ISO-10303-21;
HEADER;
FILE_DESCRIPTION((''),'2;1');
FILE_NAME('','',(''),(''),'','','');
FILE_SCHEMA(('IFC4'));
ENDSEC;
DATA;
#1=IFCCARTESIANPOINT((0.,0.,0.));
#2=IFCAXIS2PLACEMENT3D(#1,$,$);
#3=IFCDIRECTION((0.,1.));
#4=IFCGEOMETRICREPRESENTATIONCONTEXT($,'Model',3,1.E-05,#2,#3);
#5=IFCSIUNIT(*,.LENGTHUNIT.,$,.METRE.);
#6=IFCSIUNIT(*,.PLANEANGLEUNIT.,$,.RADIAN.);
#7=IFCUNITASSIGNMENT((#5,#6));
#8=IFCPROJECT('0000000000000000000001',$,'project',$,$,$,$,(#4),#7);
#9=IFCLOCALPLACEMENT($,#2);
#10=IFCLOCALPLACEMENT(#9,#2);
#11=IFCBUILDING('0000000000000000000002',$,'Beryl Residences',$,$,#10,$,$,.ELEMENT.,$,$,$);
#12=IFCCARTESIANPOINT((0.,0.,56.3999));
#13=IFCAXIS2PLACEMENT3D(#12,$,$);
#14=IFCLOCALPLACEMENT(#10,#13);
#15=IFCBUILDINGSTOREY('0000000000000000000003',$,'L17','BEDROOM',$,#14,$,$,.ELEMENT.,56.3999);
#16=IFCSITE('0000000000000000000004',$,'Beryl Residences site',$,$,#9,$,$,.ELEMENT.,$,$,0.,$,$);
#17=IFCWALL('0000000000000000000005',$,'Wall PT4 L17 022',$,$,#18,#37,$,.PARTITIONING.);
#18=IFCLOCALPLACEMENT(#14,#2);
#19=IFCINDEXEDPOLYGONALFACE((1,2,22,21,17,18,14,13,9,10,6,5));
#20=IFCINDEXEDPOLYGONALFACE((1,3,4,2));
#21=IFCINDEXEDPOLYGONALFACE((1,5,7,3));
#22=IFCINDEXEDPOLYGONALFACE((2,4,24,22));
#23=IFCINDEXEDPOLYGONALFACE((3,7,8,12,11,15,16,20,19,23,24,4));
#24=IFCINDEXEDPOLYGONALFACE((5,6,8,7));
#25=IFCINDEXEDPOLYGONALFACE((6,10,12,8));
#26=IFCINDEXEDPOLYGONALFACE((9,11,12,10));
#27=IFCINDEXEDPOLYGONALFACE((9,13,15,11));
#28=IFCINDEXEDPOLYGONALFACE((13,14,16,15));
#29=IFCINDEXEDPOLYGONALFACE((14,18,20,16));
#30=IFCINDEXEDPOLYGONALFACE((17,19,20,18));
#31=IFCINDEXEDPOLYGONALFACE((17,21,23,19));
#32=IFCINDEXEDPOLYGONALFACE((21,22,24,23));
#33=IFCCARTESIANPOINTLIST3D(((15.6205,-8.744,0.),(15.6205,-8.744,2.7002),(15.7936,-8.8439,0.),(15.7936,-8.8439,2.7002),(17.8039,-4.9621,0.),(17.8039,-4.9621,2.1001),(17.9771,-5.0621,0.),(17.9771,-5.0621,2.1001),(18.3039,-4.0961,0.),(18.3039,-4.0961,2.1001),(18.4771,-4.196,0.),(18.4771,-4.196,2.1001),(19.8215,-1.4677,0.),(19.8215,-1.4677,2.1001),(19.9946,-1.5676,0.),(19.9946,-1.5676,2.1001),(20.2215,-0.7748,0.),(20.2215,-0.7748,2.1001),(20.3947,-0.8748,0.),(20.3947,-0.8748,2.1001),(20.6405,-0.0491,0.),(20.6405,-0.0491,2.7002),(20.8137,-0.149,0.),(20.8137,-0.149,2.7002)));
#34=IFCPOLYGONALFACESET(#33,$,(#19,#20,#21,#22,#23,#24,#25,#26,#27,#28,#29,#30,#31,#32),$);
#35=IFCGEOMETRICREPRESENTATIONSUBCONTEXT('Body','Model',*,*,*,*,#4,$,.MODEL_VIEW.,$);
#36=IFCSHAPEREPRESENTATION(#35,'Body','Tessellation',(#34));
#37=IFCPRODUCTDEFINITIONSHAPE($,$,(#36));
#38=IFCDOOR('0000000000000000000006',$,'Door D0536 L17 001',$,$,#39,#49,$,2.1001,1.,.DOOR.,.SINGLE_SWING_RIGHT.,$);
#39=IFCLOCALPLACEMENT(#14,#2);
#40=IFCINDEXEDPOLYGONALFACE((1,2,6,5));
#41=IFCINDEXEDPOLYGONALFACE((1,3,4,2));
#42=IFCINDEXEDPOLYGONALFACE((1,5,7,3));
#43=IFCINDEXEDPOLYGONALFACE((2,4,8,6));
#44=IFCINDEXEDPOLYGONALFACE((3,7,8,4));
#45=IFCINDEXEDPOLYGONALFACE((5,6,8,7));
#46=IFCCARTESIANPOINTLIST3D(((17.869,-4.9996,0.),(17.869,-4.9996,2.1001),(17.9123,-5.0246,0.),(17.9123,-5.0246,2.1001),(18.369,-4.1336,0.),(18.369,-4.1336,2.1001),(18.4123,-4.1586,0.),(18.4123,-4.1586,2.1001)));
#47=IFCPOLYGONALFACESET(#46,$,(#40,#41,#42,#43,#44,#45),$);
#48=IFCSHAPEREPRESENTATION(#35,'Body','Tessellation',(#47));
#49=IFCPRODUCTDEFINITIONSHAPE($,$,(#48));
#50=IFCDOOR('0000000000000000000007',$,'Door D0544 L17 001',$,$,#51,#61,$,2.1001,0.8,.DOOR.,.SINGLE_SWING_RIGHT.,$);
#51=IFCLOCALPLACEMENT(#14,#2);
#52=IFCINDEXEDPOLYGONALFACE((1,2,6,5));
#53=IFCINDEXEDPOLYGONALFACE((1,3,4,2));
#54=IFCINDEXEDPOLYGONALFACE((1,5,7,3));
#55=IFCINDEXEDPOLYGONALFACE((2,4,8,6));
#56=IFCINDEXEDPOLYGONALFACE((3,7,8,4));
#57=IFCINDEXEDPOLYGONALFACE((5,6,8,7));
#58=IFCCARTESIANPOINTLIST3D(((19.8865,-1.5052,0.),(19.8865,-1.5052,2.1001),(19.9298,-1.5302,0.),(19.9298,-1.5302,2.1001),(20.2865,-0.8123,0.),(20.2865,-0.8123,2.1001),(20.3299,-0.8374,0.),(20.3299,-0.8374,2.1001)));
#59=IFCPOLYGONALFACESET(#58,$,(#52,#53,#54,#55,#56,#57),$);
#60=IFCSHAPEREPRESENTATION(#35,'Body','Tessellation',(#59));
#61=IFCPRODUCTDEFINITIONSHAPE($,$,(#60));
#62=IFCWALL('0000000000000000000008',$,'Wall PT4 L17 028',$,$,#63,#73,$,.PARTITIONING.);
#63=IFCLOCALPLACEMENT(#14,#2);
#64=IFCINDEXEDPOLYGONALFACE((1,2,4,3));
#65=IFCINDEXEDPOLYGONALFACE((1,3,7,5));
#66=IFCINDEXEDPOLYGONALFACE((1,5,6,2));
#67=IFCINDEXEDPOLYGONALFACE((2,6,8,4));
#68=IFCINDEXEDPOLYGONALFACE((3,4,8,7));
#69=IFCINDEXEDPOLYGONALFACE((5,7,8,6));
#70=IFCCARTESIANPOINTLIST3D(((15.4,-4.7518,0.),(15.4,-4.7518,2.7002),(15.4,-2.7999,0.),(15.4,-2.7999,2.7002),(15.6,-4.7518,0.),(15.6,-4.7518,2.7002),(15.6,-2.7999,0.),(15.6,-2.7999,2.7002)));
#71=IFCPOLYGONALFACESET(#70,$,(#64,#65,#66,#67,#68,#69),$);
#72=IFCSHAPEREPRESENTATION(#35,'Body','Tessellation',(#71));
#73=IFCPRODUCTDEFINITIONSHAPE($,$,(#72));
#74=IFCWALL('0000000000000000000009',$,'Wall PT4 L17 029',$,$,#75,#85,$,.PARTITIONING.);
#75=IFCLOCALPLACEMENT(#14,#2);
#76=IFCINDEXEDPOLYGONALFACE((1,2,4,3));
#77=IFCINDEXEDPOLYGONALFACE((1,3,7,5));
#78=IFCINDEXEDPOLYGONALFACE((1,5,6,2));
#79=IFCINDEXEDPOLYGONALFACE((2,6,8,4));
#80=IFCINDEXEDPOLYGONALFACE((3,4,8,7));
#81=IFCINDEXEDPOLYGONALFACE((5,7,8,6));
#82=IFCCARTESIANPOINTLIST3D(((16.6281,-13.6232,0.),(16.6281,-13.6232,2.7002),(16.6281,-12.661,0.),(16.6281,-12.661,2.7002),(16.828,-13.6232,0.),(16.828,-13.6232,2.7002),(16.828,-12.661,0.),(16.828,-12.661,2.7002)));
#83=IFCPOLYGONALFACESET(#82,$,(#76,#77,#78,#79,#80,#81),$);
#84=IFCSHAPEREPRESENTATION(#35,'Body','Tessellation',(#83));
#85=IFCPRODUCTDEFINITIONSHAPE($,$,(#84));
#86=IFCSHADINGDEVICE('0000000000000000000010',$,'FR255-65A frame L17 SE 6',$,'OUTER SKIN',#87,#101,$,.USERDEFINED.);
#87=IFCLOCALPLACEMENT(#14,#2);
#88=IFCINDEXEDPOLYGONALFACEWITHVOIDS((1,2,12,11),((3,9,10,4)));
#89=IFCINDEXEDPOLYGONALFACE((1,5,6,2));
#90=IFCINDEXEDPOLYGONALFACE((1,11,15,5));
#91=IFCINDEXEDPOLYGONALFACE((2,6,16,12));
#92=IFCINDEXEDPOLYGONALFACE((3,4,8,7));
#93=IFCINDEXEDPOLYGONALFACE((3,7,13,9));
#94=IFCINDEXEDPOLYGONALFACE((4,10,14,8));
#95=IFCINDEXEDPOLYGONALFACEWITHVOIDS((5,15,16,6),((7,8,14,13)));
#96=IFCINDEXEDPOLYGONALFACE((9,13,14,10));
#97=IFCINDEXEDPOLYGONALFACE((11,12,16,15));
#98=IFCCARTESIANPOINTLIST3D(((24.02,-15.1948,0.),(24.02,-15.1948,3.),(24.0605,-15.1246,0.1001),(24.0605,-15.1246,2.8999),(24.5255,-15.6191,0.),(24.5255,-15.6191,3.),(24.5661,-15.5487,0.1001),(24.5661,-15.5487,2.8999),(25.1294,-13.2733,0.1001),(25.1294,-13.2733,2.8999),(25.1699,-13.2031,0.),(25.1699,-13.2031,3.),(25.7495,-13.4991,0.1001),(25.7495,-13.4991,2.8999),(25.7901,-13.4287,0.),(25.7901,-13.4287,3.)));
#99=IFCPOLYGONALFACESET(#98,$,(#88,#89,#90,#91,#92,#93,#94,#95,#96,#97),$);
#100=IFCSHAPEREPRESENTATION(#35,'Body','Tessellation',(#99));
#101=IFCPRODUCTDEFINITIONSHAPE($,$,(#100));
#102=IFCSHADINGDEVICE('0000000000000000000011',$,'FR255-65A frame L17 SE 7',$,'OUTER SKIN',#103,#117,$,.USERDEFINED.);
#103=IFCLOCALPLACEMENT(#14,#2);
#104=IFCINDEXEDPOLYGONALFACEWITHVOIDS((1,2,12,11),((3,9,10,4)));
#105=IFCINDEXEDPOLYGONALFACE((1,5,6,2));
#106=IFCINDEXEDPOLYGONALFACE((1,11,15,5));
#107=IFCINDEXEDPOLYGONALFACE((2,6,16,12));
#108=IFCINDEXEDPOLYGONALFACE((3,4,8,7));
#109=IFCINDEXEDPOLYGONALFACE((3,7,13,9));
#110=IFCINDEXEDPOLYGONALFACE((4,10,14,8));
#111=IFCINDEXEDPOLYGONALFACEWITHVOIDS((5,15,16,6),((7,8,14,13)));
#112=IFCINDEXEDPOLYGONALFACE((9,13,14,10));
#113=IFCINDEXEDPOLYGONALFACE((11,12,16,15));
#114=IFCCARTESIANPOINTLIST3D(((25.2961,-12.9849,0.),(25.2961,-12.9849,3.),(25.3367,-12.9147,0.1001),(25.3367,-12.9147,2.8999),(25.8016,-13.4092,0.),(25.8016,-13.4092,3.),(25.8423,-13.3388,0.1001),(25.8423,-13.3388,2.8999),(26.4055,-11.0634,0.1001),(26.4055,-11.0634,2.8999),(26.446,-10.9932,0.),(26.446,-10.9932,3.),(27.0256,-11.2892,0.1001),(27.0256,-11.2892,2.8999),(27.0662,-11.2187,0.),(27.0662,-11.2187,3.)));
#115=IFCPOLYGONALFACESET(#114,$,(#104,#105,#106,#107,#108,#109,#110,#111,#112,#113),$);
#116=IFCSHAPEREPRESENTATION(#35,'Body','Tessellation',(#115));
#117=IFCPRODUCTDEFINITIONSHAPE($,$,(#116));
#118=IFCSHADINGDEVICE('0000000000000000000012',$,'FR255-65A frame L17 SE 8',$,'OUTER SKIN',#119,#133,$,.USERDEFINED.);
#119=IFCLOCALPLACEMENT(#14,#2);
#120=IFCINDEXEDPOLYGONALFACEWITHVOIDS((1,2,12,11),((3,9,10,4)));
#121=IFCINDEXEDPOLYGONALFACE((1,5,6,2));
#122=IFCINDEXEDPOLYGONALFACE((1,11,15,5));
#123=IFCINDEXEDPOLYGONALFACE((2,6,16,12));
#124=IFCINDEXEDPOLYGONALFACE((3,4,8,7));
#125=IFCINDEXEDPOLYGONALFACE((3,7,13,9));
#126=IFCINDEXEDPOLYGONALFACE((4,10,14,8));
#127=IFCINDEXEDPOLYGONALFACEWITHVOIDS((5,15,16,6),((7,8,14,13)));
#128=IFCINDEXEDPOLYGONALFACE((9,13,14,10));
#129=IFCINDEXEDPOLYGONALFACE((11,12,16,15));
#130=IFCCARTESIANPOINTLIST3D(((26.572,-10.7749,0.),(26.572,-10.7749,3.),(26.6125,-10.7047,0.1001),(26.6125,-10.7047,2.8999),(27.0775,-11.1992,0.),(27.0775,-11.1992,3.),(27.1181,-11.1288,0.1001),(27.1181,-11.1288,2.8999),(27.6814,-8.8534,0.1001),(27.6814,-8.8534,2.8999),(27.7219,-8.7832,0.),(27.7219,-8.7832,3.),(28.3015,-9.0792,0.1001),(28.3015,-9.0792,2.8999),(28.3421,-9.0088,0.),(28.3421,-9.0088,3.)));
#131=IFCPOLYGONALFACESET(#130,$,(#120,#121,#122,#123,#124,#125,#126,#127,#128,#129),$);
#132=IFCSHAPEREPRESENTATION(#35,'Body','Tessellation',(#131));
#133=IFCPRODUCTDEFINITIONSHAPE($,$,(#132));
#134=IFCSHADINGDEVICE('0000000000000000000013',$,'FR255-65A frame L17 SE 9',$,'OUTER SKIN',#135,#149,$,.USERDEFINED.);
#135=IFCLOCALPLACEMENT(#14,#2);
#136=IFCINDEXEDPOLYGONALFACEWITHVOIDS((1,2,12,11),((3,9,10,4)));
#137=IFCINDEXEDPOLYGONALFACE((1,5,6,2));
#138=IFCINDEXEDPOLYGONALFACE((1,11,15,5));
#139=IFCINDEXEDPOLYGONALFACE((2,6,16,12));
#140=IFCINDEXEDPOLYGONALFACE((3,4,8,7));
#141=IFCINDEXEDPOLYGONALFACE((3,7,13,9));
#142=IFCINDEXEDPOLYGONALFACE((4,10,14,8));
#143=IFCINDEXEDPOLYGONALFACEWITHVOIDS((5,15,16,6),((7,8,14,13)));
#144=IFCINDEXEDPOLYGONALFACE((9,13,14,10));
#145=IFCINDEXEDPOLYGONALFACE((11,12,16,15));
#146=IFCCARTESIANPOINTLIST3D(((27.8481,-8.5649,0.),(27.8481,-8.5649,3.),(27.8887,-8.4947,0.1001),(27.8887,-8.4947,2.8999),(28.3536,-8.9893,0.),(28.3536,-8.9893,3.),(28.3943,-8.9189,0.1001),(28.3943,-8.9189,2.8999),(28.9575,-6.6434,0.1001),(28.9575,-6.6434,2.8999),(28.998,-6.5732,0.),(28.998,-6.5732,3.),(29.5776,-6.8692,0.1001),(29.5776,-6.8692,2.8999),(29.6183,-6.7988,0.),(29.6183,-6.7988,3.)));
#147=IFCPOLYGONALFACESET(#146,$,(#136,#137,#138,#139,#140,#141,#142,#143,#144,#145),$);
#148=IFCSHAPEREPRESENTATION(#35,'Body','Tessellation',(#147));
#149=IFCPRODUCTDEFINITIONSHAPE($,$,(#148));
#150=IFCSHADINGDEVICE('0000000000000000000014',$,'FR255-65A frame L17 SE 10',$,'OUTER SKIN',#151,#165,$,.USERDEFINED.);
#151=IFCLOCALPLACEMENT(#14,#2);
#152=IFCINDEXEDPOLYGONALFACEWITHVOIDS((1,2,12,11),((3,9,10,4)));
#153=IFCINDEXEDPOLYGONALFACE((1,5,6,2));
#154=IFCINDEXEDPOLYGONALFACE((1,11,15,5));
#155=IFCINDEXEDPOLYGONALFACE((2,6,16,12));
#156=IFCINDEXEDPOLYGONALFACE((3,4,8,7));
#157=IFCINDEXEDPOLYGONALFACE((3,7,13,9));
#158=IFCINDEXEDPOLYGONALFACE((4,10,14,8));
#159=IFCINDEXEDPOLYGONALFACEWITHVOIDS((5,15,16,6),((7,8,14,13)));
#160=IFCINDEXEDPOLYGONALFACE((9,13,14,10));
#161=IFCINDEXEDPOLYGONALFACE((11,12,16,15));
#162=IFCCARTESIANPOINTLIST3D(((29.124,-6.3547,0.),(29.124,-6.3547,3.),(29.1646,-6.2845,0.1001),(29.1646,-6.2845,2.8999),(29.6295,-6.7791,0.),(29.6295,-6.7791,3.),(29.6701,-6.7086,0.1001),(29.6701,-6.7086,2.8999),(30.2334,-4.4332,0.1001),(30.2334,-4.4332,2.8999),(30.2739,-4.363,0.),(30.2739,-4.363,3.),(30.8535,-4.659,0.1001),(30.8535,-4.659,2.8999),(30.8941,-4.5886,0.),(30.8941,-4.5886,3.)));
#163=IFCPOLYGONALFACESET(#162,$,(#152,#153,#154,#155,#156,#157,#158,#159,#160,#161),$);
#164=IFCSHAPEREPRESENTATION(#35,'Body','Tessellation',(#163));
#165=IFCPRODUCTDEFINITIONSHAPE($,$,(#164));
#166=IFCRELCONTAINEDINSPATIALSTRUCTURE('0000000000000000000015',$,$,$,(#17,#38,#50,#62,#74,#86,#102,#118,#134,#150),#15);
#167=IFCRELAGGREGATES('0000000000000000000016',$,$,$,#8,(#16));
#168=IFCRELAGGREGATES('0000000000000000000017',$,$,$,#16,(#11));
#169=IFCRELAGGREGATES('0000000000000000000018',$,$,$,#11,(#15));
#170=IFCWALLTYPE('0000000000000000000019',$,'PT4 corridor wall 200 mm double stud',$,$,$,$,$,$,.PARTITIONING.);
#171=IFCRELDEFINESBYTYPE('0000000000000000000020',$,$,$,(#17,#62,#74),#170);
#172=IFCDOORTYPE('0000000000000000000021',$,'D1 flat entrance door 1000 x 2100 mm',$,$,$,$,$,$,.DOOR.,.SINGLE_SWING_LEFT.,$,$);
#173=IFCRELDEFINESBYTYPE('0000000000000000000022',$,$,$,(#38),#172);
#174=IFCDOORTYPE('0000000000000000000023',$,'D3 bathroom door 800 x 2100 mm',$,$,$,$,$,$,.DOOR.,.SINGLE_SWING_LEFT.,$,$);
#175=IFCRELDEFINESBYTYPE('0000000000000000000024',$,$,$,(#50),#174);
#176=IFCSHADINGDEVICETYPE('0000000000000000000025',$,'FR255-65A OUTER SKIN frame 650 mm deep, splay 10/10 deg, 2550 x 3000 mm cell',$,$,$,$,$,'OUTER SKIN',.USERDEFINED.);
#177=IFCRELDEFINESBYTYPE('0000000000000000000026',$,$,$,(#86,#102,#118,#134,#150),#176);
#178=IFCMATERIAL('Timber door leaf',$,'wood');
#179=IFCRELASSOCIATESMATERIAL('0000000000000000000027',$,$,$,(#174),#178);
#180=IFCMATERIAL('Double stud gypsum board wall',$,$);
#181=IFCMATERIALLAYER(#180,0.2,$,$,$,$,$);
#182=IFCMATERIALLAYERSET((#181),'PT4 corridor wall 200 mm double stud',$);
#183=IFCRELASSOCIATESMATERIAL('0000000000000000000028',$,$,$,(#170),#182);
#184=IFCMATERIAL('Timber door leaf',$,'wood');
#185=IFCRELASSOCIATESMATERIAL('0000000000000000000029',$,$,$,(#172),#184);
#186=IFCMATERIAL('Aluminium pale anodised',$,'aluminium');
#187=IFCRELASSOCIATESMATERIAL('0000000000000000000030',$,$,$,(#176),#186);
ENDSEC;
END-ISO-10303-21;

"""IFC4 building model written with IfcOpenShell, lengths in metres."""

from ifc_helpers import new_model, entity, si_unit, direction, frame, frame_2d, origin, place, context, subcontext, project, spatial, rectangle, extrude, source, transform, mapped, material, layer, layer_set, type_object, type_shapes, element, fill, save


model = new_model("IFC4")

# Units and contexts
model_context = context("Model", 3, precision=1e-05, world=origin(), true_north=direction((0.0, 1.0)))
body_context = subcontext(model_context, "Body", "Model", "MODEL_VIEW")
ifc_project = project(units=[si_unit("LENGTHUNIT", "METRE"), si_unit("PLANEANGLEUNIT", "RADIAN")], contexts=[model_context])

# Site, building, storey
site_placement = place(None, origin())
site = spatial("IfcSite", under=ifc_project, at=site_placement, Name="Beryl Residences site", CompositionType="ELEMENT", RefElevation=0.0)
building_placement = place(site_placement, origin())
building = spatial("IfcBuilding", under=site, at=building_placement, Name="Beryl Residences", CompositionType="ELEMENT")
storey_placement = place(building_placement, frame((0.0, 0.0, 56.3999)))
storey = spatial("IfcBuildingStorey", under=building, at=storey_placement, Name="L17", Description="BEDROOM", CompositionType="ELEMENT", Elevation=56.3999)

# Shared definitions
ifc_material_1 = material(Name="Timber door leaf", Category="wood")
door_type_1 = type_object("IfcDoorType", Name="D3 bathroom door 800 x 2100 mm", OperationType="SINGLE_SWING_LEFT", PredefinedType="DOOR", material=ifc_material_1)

# Shared definitions
ifc_material_2 = material(Name="Double stud gypsum board wall")
ifc_layer_1 = layer(ifc_material_2, 0.2)
ifc_layer_set_1 = layer_set([ifc_layer_1], Name="PT4 corridor wall 200 mm double stud")
wall_type_1 = type_object("IfcWallType", Name="PT4 corridor wall 200 mm double stud", PredefinedType="PARTITIONING", material=ifc_layer_set_1)

# Wall, openings, doors
wall_1_placement = place(storey_placement, frame((15.707, -8.7939, 0.0), z_axis=(0.0, 0.0, 1.0), x_axis=(0.500005, 0.866023, 0.0)))
wall_1 = element("IfcWall", 1, at=wall_1_placement, inside=storey, type_object=wall_type_1, Name="Wall PT4 L17 022", PredefinedType="PARTITIONING", context=body_context, shape_type="SweptSolid", body=[
    extrude(rectangle(XDim=10.04, YDim=0.2, at=frame_2d((5.02, 0.0))), origin(), (0.0, 0.0, 1.0), 2.7002),
])
opening_1_placement = place(wall_1_placement, frame((4.3669, 0.0, 0.0)))
opening_1 = element("IfcOpeningElement", 2, at=opening_1_placement, cuts=wall_1, PredefinedType="OPENING", context=body_context, shape_type="SweptSolid", body=[
    extrude(rectangle(XDim=1.0, YDim=2.1001, at=frame_2d((0.5, 1.05))), frame((0.0, 0.1099, 0.0), z_axis=(0.0, -1.0, 0.0), x_axis=(1.0, 0.0, 0.0)), (0.0, 0.0, 1.0), 0.22),
])
opening_2_placement = place(wall_1_placement, frame((8.4021, 0.0, 0.0)))
opening_2 = element("IfcOpeningElement", 3, at=opening_2_placement, cuts=wall_1, PredefinedType="OPENING", context=body_context, shape_type="SweptSolid", body=[
    extrude(rectangle(XDim=0.8, YDim=2.1001, at=frame_2d((0.3999, 1.05))), frame((0.0, 0.1099, 0.0), z_axis=(0.0, -1.0, 0.0), x_axis=(1.0, 0.0, 0.0)), (0.0, 0.0, 1.0), 0.22),
])
ifc_material_3 = material(Name="Timber door leaf", Category="wood")
door_type_2 = type_object("IfcDoorType", Name="D1 flat entrance door 1000 x 2100 mm", OperationType="SINGLE_SWING_LEFT", PredefinedType="DOOR", material=ifc_material_3)
door_1_placement = place(opening_1_placement, origin())
door_1 = element("IfcDoor", 4, at=door_1_placement, inside=storey, type_object=door_type_2, Name="Door D0536 L17 001", OperationType="SINGLE_SWING_RIGHT", OverallHeight=2.1001, OverallWidth=1.0, PredefinedType="DOOR", context=body_context, shape_type="SweptSolid", body=[
    extrude(rectangle(XDim=1.0, YDim=2.1001, at=frame_2d((0.5, 1.05))), frame((0.0, 0.0249, 0.0), z_axis=(0.0, -1.0, 0.0), x_axis=(1.0, 0.0, 0.0)), (0.0, 0.0, 1.0), 0.05),
])
fill(opening_1, door_1)
door_2_placement = place(opening_2_placement, origin())
door_2 = element("IfcDoor", 5, at=door_2_placement, inside=storey, type_object=door_type_1, Name="Door D0544 L17 001", OperationType="SINGLE_SWING_RIGHT", OverallHeight=2.1001, OverallWidth=0.8, PredefinedType="DOOR", context=body_context, shape_type="SweptSolid", body=[
    extrude(rectangle(XDim=0.8, YDim=2.1001, at=frame_2d((0.3999, 1.05))), frame((0.0, 0.0249, 0.0), z_axis=(0.0, -1.0, 0.0), x_axis=(1.0, 0.0, 0.0)), (0.0, 0.0, 1.0), 0.05),
])
fill(opening_2, door_2)

# Walls
wall_2_placement = place(storey_placement, frame((15.5, -4.752, 0.0), z_axis=(0.0, 0.0, 1.0), x_axis=(0.0, 1.0, 0.0)))
element("IfcWall", 6, at=wall_2_placement, inside=storey, type_object=wall_type_1, Name="Wall PT4 L17 028", PredefinedType="PARTITIONING", context=body_context, shape_type="SweptSolid", body=[
    extrude(rectangle(XDim=1.9519, YDim=0.2, at=frame_2d((0.9761, 0.0))), origin(), (0.0, 0.0, 1.0), 2.7002),
])
wall_3_placement = place(storey_placement, frame((16.728, -13.623, 0.0), z_axis=(0.0, 0.0, 1.0), x_axis=(0.0, 1.0, 0.0)))
element("IfcWall", 7, at=wall_3_placement, inside=storey, type_object=wall_type_1, Name="Wall PT4 L17 029", PredefinedType="PARTITIONING", context=body_context, shape_type="SweptSolid", body=[
    extrude(rectangle(XDim=0.9622, YDim=0.2, at=frame_2d((0.481, 0.0))), origin(), (0.0, 0.0, 1.0), 2.7002),
])

# Shading devices
ifc_material_4 = material(Name="Aluminium pale anodised", Category="aluminium")
shading_device_type = type_object("IfcShadingDeviceType", Name="FR255-65A OUTER SKIN frame 650 mm deep, splay 10/10 deg, 2550 x 3000 mm cell", ElementType="OUTER SKIN", PredefinedType="USERDEFINED", material=ifc_material_4)
cartesian_point_1 = entity("IfcCartesianPoint", [-1.1499, 0.0])
cartesian_point_2 = entity("IfcCartesianPoint", [-1.0688, 0.1001])
cartesian_point_3 = entity("IfcCartesianPoint", [-1.2646, 0.0])
cartesian_point_4 = entity("IfcCartesianPoint", [-1.1833, 0.1001])
shared_shape = source(origin(), body_context, "Body", "SweptSolid", [
    entity("IfcExtrudedAreaSolidTapered", entity("IfcArbitraryProfileDefWithVoids", "AREA", None, entity("IfcPolyline", [cartesian_point_1, entity("IfcCartesianPoint", [1.1499, 0.0]), entity("IfcCartesianPoint", [1.1499, 3.0]), entity("IfcCartesianPoint", [-1.1499, 3.0]), cartesian_point_1]), [entity("IfcPolyline", [cartesian_point_2, entity("IfcCartesianPoint", [1.0688, 0.1001]), entity("IfcCartesianPoint", [1.0688, 2.8999]), entity("IfcCartesianPoint", [-1.0688, 2.8999]), cartesian_point_2])]), entity("IfcAxis2Placement3D", entity("IfcCartesianPoint", [0.0, 0.0, 0.0]), entity("IfcDirection", [0.0, 1.0, 0.0]), entity("IfcDirection", [-1.0, 0.0, 0.0])), entity("IfcDirection", [0.0, 0.0, 1.0]), 0.6499, entity("IfcArbitraryProfileDefWithVoids", "AREA", None, entity("IfcPolyline", [cartesian_point_3, entity("IfcCartesianPoint", [1.2646, 0.0]), entity("IfcCartesianPoint", [1.2646, 3.0]), entity("IfcCartesianPoint", [-1.2646, 3.0]), cartesian_point_3]), [entity("IfcPolyline", [cartesian_point_4, entity("IfcCartesianPoint", [1.1833, 0.1001]), entity("IfcCartesianPoint", [1.1833, 2.8999]), entity("IfcCartesianPoint", [-1.1833, 2.8999]), cartesian_point_4])])),
])
type_shapes(shading_device_type, [shared_shape])
for number, where, z_axis, x_axis, name in (
    (8, (24.595, -14.199, 0.0), (0.0, 0.0, 1.0), (-0.5, -0.866025, 0.0), "FR255-65A frame L17 SE 6"),
    (9, (25.8711, -11.989, 0.0), (0.0, 0.0, 1.0), (-0.5, -0.866025, 0.0), "FR255-65A frame L17 SE 7"),
    (10, (27.147, -9.7791, 0.0), (0.0, 0.0, 1.0), (-0.5, -0.866025, 0.0), "FR255-65A frame L17 SE 8"),
    (11, (28.4231, -7.5691, 0.0), (0.0, 0.0, 1.0), (-0.5, -0.866025, 0.0), "FR255-65A frame L17 SE 9"),
    (12, (29.699, -5.3589, 0.0), (0.0, 0.0, 1.0), (-0.5, -0.866025, 0.0), "FR255-65A frame L17 SE 10"),
):
    element("IfcShadingDevice", number, at=place(storey_placement, frame(where, z_axis=z_axis, x_axis=x_axis)), inside=storey, type_object=shading_device_type, Name=name, ObjectType="OUTER SKIN", PredefinedType="USERDEFINED", context=body_context, shape_type="MappedRepresentation", body=[
        mapped(shared_shape, transform((0.0, 0.0, 0.0))),
    ])

save(model, "model.ifc")
